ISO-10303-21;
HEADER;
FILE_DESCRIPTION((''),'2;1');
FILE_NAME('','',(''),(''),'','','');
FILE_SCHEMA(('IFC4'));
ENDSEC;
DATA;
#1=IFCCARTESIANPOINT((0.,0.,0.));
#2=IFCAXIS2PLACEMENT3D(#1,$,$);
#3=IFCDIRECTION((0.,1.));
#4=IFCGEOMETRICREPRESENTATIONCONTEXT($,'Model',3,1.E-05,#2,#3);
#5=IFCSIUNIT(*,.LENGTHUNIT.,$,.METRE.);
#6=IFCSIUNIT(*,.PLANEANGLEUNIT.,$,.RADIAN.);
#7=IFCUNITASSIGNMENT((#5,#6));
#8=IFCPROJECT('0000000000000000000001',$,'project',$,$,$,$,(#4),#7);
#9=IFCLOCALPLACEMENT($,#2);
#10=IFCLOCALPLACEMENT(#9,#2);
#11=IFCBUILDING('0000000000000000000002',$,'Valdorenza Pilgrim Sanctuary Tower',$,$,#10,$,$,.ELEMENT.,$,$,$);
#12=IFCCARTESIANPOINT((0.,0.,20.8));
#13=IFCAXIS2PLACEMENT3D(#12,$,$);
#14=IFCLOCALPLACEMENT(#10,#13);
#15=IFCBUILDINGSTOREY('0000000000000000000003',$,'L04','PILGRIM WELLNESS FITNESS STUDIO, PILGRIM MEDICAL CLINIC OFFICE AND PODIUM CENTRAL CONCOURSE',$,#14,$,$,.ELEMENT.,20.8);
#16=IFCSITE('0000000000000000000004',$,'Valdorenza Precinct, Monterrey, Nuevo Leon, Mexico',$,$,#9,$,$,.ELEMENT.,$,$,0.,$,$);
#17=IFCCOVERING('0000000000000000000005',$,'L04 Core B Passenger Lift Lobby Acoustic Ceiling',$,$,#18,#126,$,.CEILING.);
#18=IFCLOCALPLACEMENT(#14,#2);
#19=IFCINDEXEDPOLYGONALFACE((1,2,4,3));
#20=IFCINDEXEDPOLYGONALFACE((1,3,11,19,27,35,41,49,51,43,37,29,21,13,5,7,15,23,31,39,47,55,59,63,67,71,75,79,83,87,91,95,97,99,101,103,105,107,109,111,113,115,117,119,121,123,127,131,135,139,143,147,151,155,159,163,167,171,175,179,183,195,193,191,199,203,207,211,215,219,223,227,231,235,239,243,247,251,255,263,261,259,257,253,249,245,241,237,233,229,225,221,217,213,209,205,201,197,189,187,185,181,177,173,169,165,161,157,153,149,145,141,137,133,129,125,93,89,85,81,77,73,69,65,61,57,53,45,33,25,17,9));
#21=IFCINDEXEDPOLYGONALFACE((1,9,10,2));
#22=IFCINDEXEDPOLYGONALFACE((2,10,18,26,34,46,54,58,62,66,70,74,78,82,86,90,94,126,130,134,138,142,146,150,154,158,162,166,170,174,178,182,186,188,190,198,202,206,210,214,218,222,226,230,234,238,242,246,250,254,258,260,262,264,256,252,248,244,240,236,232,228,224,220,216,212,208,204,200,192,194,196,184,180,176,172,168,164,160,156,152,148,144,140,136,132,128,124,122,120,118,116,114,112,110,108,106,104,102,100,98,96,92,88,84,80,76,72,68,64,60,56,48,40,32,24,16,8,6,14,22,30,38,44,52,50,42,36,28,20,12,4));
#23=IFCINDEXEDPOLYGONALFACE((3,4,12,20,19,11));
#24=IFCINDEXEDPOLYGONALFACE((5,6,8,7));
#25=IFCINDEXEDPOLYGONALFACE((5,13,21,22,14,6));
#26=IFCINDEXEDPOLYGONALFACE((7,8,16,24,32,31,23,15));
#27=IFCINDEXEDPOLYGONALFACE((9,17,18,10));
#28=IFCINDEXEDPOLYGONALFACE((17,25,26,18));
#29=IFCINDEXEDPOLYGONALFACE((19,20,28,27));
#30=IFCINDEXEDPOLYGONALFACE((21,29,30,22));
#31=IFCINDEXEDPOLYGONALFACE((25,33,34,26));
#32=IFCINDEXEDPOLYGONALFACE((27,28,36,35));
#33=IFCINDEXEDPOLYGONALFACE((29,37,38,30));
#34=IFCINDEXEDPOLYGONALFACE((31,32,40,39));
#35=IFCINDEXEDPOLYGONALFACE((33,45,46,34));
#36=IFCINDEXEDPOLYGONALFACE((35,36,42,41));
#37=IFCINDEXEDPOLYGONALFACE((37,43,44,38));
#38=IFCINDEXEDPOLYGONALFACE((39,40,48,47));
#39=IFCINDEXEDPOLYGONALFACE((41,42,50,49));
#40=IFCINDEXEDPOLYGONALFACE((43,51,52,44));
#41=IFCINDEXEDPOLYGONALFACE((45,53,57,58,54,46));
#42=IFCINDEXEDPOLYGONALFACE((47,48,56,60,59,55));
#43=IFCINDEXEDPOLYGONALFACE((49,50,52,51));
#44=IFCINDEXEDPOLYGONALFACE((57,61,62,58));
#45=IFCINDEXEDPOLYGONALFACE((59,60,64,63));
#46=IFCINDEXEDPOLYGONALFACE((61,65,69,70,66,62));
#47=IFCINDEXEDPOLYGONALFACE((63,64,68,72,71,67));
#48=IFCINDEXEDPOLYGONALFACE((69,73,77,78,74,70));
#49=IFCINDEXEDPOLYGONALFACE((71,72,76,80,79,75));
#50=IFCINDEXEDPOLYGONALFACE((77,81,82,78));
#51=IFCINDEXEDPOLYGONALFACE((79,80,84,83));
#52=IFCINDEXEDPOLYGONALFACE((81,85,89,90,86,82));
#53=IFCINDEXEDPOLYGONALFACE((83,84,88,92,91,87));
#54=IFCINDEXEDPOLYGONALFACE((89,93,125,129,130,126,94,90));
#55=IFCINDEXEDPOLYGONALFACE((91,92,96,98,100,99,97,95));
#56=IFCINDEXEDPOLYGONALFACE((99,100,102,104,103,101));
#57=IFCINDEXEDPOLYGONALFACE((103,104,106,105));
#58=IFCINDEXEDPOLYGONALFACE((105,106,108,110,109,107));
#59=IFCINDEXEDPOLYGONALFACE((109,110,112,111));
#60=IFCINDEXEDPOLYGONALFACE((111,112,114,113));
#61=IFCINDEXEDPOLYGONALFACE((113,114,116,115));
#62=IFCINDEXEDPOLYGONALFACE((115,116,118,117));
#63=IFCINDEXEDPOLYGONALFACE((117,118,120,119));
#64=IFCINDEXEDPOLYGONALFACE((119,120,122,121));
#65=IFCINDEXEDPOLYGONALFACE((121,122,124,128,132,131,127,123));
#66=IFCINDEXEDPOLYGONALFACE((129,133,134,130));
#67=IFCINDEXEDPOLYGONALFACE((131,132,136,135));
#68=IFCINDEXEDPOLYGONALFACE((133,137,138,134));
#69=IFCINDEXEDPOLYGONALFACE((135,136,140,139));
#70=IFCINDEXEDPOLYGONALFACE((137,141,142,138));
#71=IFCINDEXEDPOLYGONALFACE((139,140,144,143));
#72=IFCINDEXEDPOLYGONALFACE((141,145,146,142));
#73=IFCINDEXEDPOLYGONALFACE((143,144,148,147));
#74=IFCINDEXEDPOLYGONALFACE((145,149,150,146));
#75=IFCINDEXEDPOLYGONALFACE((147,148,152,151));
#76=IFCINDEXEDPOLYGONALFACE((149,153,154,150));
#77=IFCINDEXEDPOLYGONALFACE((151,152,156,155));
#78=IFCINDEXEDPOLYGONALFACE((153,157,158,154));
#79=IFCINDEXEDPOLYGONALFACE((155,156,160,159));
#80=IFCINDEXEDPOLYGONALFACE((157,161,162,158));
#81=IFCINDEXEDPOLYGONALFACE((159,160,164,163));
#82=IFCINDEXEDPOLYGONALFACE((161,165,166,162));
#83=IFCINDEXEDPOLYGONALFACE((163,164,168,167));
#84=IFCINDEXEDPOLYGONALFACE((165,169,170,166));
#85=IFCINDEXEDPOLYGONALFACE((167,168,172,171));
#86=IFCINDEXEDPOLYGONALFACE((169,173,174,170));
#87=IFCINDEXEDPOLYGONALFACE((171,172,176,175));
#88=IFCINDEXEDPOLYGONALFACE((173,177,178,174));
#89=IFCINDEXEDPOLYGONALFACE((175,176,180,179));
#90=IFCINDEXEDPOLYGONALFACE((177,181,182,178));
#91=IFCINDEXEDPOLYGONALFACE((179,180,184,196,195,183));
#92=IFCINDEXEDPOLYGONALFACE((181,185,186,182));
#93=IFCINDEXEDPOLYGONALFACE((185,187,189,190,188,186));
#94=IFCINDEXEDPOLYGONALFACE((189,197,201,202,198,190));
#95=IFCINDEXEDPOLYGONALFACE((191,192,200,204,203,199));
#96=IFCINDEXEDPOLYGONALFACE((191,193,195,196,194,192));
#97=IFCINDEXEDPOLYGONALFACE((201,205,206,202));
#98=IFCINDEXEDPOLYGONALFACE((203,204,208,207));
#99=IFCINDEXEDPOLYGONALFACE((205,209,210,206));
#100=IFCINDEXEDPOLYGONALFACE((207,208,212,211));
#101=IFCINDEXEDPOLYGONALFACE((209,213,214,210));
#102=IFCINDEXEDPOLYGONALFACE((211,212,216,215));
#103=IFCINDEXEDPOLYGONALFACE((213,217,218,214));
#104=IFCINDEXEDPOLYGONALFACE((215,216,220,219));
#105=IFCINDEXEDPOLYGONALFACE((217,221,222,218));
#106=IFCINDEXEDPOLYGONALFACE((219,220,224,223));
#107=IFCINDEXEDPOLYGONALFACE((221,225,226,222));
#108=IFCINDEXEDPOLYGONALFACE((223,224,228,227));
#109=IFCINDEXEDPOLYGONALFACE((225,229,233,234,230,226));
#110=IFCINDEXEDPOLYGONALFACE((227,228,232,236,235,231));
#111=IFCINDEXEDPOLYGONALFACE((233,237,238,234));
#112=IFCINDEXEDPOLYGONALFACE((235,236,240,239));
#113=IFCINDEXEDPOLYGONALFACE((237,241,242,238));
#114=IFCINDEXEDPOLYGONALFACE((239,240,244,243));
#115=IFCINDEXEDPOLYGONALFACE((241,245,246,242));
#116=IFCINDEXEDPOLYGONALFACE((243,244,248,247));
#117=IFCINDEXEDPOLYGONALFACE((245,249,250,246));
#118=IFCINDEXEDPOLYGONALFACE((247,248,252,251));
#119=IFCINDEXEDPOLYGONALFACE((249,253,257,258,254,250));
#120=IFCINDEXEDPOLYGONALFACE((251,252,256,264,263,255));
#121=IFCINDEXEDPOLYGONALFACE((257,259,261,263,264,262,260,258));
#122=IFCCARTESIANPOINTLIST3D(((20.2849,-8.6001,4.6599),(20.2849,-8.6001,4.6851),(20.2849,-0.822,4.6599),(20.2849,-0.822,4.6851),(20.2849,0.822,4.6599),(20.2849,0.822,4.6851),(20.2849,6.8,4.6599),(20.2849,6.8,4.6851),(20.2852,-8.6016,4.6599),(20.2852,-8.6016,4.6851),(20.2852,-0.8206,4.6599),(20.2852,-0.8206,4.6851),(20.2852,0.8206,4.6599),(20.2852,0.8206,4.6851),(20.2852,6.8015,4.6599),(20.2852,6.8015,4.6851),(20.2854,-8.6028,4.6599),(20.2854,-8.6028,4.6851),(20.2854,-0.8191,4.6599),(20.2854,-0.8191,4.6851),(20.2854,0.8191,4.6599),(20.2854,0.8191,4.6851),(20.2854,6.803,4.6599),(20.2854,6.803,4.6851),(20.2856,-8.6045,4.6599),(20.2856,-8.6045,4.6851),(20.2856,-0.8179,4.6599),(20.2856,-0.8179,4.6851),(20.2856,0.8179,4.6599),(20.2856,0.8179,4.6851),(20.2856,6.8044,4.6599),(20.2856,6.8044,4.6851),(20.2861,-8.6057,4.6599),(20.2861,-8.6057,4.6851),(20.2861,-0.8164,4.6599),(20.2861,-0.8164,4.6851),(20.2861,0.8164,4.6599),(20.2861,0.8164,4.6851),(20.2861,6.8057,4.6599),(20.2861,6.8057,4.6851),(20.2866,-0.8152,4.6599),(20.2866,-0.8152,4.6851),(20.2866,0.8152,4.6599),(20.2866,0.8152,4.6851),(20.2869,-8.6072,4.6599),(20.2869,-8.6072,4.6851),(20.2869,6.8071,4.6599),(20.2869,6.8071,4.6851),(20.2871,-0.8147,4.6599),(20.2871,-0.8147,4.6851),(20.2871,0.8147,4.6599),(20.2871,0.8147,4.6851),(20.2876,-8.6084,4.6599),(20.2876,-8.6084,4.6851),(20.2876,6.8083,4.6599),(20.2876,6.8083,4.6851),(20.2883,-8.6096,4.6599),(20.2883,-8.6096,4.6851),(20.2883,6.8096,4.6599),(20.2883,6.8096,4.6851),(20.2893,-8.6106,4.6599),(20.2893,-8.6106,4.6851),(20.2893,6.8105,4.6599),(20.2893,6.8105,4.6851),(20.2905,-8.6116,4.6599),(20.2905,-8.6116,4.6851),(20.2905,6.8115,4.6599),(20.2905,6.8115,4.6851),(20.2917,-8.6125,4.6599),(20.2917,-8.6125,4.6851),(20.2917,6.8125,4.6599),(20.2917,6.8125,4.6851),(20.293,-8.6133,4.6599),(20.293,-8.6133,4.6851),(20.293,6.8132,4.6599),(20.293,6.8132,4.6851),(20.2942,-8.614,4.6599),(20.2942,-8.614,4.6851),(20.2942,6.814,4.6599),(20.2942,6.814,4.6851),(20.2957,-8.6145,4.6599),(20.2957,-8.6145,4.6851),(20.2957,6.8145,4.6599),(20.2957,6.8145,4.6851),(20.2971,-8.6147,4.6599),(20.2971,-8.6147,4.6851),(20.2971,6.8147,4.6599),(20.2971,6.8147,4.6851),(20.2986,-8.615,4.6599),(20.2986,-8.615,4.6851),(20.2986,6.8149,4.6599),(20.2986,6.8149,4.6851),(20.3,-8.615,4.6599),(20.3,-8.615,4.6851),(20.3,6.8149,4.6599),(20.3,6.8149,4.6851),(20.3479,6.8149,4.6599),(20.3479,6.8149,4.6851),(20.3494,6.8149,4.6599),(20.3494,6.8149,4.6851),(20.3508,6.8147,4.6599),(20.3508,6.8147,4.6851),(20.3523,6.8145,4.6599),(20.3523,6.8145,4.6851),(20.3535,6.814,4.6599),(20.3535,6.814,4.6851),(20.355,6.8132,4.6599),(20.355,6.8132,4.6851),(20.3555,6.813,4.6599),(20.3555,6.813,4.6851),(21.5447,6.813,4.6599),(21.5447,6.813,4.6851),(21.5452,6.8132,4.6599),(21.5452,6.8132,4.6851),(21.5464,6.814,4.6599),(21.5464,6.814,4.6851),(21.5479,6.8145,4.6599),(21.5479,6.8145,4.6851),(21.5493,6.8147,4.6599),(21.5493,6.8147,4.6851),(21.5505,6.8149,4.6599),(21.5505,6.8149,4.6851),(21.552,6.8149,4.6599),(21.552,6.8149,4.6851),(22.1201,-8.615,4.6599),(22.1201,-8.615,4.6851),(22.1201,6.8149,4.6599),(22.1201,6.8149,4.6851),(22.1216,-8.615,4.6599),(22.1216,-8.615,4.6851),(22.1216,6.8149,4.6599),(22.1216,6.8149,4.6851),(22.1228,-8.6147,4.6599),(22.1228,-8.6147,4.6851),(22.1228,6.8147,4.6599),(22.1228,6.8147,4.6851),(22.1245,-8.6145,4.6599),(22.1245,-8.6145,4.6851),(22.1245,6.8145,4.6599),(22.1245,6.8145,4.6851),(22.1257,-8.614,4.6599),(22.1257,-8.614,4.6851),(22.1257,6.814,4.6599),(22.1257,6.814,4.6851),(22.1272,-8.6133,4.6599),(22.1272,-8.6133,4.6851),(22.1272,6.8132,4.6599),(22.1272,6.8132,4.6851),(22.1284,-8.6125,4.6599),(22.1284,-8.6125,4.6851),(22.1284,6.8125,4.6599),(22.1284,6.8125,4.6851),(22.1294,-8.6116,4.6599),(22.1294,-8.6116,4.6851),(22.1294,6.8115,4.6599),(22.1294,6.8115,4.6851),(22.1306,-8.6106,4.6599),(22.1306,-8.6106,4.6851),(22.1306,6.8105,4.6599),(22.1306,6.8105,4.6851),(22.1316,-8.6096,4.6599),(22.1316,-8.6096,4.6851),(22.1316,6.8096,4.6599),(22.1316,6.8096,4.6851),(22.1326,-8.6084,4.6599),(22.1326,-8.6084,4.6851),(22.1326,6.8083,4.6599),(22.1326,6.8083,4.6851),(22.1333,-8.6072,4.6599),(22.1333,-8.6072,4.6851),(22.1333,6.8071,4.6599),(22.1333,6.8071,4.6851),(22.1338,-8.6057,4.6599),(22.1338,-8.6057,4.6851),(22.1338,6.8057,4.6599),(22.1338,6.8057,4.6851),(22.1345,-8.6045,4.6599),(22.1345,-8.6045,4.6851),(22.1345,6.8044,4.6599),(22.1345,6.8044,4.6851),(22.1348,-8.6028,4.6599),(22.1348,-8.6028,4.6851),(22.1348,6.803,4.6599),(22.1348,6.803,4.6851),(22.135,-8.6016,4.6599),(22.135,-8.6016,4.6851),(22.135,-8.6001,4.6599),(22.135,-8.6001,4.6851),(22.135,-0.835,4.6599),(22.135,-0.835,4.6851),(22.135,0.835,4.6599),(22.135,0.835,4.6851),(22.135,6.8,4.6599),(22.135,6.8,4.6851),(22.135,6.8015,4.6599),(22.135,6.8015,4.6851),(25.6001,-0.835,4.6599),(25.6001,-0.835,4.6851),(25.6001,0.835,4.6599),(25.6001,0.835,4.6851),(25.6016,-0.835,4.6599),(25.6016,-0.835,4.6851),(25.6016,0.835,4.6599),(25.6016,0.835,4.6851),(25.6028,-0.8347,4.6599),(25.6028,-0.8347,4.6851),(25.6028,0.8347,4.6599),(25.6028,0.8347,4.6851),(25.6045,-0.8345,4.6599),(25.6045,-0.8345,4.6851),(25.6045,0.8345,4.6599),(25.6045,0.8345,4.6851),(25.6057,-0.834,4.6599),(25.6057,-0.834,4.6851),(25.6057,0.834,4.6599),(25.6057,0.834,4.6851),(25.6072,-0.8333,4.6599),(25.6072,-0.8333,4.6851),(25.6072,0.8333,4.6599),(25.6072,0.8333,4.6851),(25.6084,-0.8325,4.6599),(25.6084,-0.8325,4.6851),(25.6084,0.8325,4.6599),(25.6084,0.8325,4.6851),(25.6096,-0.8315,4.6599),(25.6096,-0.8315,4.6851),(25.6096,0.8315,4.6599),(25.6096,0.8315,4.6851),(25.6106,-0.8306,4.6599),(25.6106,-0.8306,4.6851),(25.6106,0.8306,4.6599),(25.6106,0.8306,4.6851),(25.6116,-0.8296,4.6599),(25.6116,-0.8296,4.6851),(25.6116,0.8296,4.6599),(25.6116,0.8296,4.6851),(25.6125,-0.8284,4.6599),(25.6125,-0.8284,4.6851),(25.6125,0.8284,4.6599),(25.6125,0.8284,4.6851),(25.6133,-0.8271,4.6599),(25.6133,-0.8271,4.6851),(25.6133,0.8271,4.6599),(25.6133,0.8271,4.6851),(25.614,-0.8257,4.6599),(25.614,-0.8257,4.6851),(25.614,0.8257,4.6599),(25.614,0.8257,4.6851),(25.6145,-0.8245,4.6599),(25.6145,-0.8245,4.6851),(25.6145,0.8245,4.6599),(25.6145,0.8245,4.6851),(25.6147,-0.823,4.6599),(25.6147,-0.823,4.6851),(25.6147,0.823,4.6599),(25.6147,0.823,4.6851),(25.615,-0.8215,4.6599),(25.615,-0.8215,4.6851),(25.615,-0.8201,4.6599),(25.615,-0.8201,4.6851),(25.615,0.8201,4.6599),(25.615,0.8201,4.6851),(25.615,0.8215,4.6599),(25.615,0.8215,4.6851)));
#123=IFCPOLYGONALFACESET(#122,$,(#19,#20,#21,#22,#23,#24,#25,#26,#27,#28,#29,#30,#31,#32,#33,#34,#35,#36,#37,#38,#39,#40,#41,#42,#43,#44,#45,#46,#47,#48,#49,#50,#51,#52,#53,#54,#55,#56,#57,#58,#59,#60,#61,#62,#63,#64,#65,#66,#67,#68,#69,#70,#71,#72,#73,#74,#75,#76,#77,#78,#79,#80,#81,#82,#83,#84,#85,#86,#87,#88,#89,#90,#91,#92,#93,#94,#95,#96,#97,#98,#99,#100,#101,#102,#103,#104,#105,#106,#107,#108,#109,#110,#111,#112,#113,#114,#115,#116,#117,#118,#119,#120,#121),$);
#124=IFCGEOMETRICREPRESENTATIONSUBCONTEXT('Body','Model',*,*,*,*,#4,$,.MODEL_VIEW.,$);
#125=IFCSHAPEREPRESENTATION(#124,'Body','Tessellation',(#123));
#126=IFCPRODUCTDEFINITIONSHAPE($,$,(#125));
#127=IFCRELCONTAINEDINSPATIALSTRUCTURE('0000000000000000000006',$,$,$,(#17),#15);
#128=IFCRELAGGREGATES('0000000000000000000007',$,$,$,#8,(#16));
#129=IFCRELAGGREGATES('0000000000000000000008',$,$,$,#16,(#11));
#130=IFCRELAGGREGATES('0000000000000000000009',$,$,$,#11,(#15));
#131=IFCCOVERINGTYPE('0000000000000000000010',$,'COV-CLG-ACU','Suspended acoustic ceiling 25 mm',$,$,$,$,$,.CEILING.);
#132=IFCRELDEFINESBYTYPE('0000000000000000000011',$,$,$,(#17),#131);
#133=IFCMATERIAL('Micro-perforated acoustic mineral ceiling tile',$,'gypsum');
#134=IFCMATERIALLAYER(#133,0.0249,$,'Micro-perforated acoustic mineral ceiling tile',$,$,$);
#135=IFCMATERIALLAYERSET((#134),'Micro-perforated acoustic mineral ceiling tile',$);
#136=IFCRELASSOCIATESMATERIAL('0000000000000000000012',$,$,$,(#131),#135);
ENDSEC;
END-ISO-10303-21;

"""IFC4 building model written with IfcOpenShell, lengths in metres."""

from ifc_helpers import new_model, si_unit, direction, frame, origin, place, context, subcontext, project, spatial, polyline, outline, extrude, material, layer, layer_set, type_object, element, save


model = new_model("IFC4")

# Units and contexts
model_context = context("Model", 3, precision=1e-05, world=origin(), true_north=direction((0.0, 1.0)))
body_context = subcontext(model_context, "Body", "Model", "MODEL_VIEW")
ifc_project = project(units=[si_unit("LENGTHUNIT", "METRE"), si_unit("PLANEANGLEUNIT", "RADIAN")], contexts=[model_context])

# Site, building, storey
site_placement = place(None, origin())
site = spatial("IfcSite", under=ifc_project, at=site_placement, Name="Valdorenza Precinct, Monterrey, Nuevo Leon, Mexico", CompositionType="ELEMENT", RefElevation=0.0)
building_placement = place(site_placement, origin())
building = spatial("IfcBuilding", under=site, at=building_placement, Name="Valdorenza Pilgrim Sanctuary Tower", CompositionType="ELEMENT")
storey_placement = place(building_placement, frame((0.0, 0.0, 20.8)))
storey = spatial("IfcBuildingStorey", under=building, at=storey_placement, Name="L04", Description="PILGRIM WELLNESS FITNESS STUDIO, PILGRIM MEDICAL CLINIC OFFICE AND PODIUM CENTRAL CONCOURSE", CompositionType="ELEMENT", Elevation=20.8)

# Covering
ifc_material_1 = material(Name="Micro-perforated acoustic mineral ceiling tile", Category="gypsum")
ifc_layer_1 = layer(ifc_material_1, 0.0249, Name="Micro-perforated acoustic mineral ceiling tile")
ifc_layer_set_1 = layer_set([ifc_layer_1], Name="Micro-perforated acoustic mineral ceiling tile")
covering_type_1 = type_object("IfcCoveringType", Name="COV-CLG-ACU", Description="Suspended acoustic ceiling 25 mm", PredefinedType="CEILING", material=ifc_layer_set_1)
covering_1_placement = place(storey_placement, frame((0.0, 0.0, 4.6599)))
element("IfcCovering", 1, at=covering_1_placement, inside=storey, type_object=covering_type_1, Name="L04 Core B Passenger Lift Lobby Acoustic Ceiling", PredefinedType="CEILING", context=body_context, shape_type="SweptSolid", body=[
    extrude(outline(polyline([(20.2871, -0.8147), (20.2871, 0.8147), (20.2866, 0.8152), (20.2861, 0.8164), (20.2856, 0.8179), (20.2854, 0.8191), (20.2852, 0.8206), (20.2849, 0.822), (20.2849, 6.8), (20.2852, 6.8015), (20.2854, 6.803), (20.2856, 6.8044), (20.2861, 6.8057), (20.2869, 6.8071), (20.2876, 6.8083), (20.2883, 6.8096), (20.2893, 6.8105), (20.2905, 6.8115), (20.2917, 6.8125), (20.293, 6.8132), (20.2942, 6.814), (20.2957, 6.8145), (20.2971, 6.8147), (20.2986, 6.8149), (20.3, 6.8149), (20.3479, 6.8149), (20.3494, 6.8149), (20.3508, 6.8147), (20.3523, 6.8145), (20.3535, 6.814), (20.355, 6.8132), (20.3555, 6.813), (21.5447, 6.813), (21.5452, 6.8132), (21.5464, 6.814), (21.5479, 6.8145), (21.5493, 6.8147), (21.5505, 6.8149), (21.552, 6.8149), (22.1201, 6.8149), (22.1216, 6.8149), (22.1228, 6.8147), (22.1245, 6.8145), (22.1257, 6.814), (22.1272, 6.8132), (22.1284, 6.8125), (22.1294, 6.8115), (22.1306, 6.8105), (22.1316, 6.8096), (22.1326, 6.8083), (22.1333, 6.8071), (22.1338, 6.8057), (22.1345, 6.8044), (22.1348, 6.803), (22.135, 6.8015), (22.135, 6.8), (22.135, 0.835), (25.6001, 0.835), (25.6016, 0.835), (25.6028, 0.8347), (25.6045, 0.8345), (25.6057, 0.834), (25.6072, 0.8333), (25.6084, 0.8325), (25.6096, 0.8315), (25.6106, 0.8306), (25.6116, 0.8296), (25.6125, 0.8284), (25.6133, 0.8271), (25.614, 0.8257), (25.6145, 0.8245), (25.6147, 0.823), (25.615, 0.8215), (25.615, 0.8201), (25.615, -0.8201), (25.615, -0.8215), (25.6147, -0.823), (25.6145, -0.8245), (25.614, -0.8257), (25.6133, -0.8271), (25.6125, -0.8284), (25.6116, -0.8296), (25.6106, -0.8306), (25.6096, -0.8315), (25.6084, -0.8325), (25.6072, -0.8333), (25.6057, -0.834), (25.6045, -0.8345), (25.6028, -0.8347), (25.6016, -0.835), (25.6001, -0.835), (22.135, -0.835), (22.135, -8.6001), (22.135, -8.6016), (22.1348, -8.6028), (22.1345, -8.6045), (22.1338, -8.6057), (22.1333, -8.6072), (22.1326, -8.6084), (22.1316, -8.6096), (22.1306, -8.6106), (22.1294, -8.6116), (22.1284, -8.6125), (22.1272, -8.6133), (22.1257, -8.614), (22.1245, -8.6145), (22.1228, -8.6147), (22.1216, -8.615), (22.1201, -8.615), (20.3, -8.615), (20.2986, -8.615), (20.2971, -8.6147), (20.2957, -8.6145), (20.2942, -8.614), (20.293, -8.6133), (20.2917, -8.6125), (20.2905, -8.6116), (20.2893, -8.6106), (20.2883, -8.6096), (20.2876, -8.6084), (20.2869, -8.6072), (20.2861, -8.6057), (20.2856, -8.6045), (20.2854, -8.6028), (20.2852, -8.6016), (20.2849, -8.6001), (20.2849, -0.822), (20.2852, -0.8206), (20.2854, -0.8191), (20.2856, -0.8179), (20.2861, -0.8164), (20.2866, -0.8152), (20.2871, -0.8147)])), origin(), (0.0, 0.0, 1.0), 0.0251),
])

save(model, "model.ifc")
